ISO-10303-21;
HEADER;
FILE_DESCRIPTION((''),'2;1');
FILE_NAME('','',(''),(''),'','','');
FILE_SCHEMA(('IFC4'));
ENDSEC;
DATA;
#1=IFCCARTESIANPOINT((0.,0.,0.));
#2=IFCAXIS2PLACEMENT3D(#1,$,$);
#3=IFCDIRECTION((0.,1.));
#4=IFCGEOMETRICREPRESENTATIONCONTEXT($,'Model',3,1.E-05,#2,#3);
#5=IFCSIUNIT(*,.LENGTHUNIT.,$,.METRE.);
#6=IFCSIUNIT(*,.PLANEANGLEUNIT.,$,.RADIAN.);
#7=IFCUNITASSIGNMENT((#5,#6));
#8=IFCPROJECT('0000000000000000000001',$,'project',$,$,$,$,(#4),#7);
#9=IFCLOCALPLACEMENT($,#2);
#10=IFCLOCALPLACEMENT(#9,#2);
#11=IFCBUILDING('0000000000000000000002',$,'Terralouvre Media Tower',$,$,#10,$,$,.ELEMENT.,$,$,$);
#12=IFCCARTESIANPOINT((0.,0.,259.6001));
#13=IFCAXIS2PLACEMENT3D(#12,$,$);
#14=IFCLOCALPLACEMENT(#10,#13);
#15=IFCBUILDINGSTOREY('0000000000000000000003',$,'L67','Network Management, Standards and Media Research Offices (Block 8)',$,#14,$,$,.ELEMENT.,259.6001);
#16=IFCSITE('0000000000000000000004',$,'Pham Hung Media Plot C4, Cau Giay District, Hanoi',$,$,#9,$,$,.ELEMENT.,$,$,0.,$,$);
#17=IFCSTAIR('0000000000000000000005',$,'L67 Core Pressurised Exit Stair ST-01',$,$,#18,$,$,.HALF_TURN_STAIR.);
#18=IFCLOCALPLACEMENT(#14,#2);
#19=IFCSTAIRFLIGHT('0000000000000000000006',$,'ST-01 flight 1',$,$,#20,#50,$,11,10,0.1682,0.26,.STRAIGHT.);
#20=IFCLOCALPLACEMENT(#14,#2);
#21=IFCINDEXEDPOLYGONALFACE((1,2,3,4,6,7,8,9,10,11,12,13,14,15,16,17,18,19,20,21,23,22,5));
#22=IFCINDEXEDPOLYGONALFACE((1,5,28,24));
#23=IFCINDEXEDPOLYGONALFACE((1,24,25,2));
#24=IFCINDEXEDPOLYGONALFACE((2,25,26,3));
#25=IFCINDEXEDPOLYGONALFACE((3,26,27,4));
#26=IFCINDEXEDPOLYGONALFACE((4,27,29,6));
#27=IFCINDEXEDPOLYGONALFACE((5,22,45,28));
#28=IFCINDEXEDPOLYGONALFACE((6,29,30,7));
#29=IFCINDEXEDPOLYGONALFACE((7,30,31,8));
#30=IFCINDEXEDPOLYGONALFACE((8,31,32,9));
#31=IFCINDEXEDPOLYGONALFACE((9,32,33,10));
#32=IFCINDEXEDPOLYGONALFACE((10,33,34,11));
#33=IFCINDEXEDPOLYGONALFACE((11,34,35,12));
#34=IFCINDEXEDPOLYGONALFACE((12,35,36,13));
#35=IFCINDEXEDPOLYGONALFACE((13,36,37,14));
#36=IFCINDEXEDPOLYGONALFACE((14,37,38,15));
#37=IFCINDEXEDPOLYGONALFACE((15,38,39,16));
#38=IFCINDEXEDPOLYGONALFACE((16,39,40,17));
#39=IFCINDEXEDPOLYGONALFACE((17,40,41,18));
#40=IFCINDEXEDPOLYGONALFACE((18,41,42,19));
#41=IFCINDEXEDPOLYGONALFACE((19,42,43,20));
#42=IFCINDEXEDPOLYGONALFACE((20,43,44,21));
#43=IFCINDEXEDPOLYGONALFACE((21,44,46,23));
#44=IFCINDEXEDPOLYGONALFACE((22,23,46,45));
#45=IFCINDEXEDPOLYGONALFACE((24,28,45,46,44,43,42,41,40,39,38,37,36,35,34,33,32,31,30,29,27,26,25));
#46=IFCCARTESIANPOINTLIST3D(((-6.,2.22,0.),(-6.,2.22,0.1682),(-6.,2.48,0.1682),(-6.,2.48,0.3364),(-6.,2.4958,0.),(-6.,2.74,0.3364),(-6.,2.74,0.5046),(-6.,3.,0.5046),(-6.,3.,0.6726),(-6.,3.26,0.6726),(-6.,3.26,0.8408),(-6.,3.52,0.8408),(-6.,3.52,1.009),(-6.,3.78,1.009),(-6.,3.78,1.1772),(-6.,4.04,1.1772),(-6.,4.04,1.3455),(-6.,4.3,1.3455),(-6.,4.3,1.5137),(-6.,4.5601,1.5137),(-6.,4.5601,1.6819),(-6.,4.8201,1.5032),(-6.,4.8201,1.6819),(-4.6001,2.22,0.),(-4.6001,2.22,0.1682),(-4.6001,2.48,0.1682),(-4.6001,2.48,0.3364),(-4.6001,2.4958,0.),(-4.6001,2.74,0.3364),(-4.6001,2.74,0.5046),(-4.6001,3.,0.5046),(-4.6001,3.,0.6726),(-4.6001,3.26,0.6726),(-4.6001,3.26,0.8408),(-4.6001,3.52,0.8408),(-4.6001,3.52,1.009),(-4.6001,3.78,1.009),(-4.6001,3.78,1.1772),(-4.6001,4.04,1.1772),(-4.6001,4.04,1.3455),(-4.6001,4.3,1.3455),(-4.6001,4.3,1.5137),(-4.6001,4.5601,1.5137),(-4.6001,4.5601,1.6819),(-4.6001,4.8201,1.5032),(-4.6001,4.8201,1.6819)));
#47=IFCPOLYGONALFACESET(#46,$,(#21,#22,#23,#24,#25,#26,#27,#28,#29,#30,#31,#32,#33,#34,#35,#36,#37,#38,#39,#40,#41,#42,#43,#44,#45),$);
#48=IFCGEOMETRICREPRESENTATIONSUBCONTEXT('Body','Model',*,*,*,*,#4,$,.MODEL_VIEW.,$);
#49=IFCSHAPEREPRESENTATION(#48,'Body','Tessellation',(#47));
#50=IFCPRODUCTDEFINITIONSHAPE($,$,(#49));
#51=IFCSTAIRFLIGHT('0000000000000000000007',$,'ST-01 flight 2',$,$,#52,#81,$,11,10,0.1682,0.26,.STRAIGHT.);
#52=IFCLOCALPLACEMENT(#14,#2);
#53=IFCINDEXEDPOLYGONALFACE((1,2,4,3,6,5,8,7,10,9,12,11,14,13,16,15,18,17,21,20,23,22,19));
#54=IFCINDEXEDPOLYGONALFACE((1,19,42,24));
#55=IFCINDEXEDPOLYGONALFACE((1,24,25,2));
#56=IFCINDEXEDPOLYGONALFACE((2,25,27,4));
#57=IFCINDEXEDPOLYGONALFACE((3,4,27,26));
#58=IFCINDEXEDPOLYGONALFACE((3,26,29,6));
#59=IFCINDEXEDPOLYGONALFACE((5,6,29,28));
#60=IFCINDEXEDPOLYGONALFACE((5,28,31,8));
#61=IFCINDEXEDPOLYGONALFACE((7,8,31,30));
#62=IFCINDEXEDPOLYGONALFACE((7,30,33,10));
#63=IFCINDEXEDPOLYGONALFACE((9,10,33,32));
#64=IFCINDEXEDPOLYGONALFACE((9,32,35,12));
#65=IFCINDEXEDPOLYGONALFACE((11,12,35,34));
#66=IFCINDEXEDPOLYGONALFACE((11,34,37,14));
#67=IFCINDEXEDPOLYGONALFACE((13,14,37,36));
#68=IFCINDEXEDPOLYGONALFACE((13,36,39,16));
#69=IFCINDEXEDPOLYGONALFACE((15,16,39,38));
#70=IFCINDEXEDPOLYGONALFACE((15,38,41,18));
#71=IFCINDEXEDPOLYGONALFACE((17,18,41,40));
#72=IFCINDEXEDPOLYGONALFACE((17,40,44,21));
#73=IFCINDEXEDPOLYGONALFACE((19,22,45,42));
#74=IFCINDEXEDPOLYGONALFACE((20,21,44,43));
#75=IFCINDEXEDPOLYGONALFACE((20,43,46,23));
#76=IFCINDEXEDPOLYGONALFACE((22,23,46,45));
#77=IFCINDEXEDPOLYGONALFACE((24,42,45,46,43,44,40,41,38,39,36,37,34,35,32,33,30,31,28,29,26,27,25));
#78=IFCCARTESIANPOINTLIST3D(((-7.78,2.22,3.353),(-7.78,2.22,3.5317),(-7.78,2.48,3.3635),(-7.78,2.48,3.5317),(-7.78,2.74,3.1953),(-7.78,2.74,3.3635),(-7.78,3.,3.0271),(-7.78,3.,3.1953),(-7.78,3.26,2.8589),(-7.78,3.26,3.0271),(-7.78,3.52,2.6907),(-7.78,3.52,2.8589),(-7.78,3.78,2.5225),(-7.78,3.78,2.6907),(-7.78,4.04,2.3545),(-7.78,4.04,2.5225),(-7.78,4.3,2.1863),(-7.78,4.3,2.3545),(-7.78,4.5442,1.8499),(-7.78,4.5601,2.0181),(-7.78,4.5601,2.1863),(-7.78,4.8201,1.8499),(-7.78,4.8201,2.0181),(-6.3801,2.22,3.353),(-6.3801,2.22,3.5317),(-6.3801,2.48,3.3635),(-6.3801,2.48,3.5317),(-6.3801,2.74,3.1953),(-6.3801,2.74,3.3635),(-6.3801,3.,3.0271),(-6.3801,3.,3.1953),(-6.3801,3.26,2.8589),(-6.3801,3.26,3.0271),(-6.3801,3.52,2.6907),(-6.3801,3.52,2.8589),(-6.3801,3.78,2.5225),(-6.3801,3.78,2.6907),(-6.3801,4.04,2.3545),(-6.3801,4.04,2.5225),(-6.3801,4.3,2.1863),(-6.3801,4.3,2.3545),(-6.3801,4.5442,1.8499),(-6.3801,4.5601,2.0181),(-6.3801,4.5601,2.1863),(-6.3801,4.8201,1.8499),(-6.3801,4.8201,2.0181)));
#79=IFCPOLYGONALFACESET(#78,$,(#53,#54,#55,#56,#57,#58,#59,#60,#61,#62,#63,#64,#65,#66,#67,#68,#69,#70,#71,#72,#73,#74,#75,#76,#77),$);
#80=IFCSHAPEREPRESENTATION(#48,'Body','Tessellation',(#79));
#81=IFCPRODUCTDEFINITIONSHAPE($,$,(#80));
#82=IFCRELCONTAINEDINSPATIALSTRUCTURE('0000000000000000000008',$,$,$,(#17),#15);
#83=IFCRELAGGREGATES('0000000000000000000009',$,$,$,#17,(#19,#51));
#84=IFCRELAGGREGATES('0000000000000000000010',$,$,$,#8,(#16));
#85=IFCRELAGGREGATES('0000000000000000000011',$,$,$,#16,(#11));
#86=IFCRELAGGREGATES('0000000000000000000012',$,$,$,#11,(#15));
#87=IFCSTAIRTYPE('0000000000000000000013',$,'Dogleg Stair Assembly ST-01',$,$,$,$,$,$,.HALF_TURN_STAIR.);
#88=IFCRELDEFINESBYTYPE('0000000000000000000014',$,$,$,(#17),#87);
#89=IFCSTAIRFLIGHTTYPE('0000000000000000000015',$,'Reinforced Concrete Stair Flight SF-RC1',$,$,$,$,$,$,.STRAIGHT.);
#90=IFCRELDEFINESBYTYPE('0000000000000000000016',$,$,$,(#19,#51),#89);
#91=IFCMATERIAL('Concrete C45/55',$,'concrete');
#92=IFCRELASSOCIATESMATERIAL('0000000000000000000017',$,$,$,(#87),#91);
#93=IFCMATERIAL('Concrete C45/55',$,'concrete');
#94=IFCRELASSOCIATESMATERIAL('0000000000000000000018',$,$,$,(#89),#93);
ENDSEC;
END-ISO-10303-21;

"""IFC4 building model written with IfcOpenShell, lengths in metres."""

from ifc_helpers import new_model, si_unit, direction, frame, origin, place, context, subcontext, project, spatial, polyline, outline, extrude, material, type_object, element, aggregate, save


model = new_model("IFC4")

# Units and contexts
model_context = context("Model", 3, precision=1e-05, world=origin(), true_north=direction((0.0, 1.0)))
body_context = subcontext(model_context, "Body", "Model", "MODEL_VIEW")
ifc_project = project(units=[si_unit("LENGTHUNIT", "METRE"), si_unit("PLANEANGLEUNIT", "RADIAN")], contexts=[model_context])

# Site, building, storey
site_placement = place(None, origin())
site = spatial("IfcSite", under=ifc_project, at=site_placement, Name="Pham Hung Media Plot C4, Cau Giay District, Hanoi", CompositionType="ELEMENT", RefElevation=0.0)
building_placement = place(site_placement, origin())
building = spatial("IfcBuilding", under=site, at=building_placement, Name="Terralouvre Media Tower", CompositionType="ELEMENT")
storey_placement = place(building_placement, frame((0.0, 0.0, 259.6001)))
storey = spatial("IfcBuildingStorey", under=building, at=storey_placement, Name="L67", Description="Network Management, Standards and Media Research Offices (Block 8)", CompositionType="ELEMENT", Elevation=259.6001)

# Stair, stair flights
ifc_material_1 = material(Name="Concrete C45/55", Category="concrete")
stair_type = type_object("IfcStairType", Name="Dogleg Stair Assembly ST-01", PredefinedType="HALF_TURN_STAIR", material=ifc_material_1)
stair_placement = place(storey_placement, origin())
stair = element("IfcStair", 1, at=stair_placement, inside=storey, type_object=stair_type, Name="L67 Core Pressurised Exit Stair ST-01", PredefinedType="HALF_TURN_STAIR")
ifc_material_2 = material(Name="Concrete C45/55", Category="concrete")
stair_flight_type = type_object("IfcStairFlightType", Name="Reinforced Concrete Stair Flight SF-RC1", PredefinedType="STRAIGHT", material=ifc_material_2)
stair_flight_1_placement = place(storey_placement, frame((-5.3, 2.22, 0.0), z_axis=(0.0, 0.0, 1.0), x_axis=(0.0, 1.0, 0.0)))
stair_flight_1 = element("IfcStairFlight", 2, at=stair_flight_1_placement, type_object=stair_flight_type, Name="ST-01 flight 1", NumberOfRisers=11, NumberOfTreads=10, PredefinedType="STRAIGHT", RiserHeight=0.1682, TreadLength=0.26, context=body_context, shape_type="SweptSolid", body=[
    extrude(outline(polyline([(0.0, 0.0), (0.0, 0.1682), (0.26, 0.1682), (0.26, 0.3364), (0.52, 0.3364), (0.52, 0.5046), (0.78, 0.5046), (0.78, 0.6726), (1.04, 0.6726), (1.04, 0.8408), (1.3, 0.8408), (1.3, 1.009), (1.5601, 1.009), (1.5601, 1.1772), (1.8201, 1.1772), (1.8201, 1.3455), (2.0801, 1.3455), (2.0801, 1.5137), (2.3401, 1.5137), (2.3401, 1.6819), (2.6001, 1.6819), (2.6001, 1.8501), (2.6001, 1.5032), (0.2759, 0.0), (0.0, 0.0)])), frame((0.0, 0.7, 0.0), z_axis=(0.0, -1.0, 0.0), x_axis=(1.0, 0.0, 0.0)), (0.0, 0.0, 1.0), 1.3999),
])
stair_flight_2_placement = place(storey_placement, frame((-7.0801, 4.8201, 1.8499), z_axis=(0.0, 0.0, 1.0), x_axis=(0.0, -1.0, 0.0)))
stair_flight_2 = element("IfcStairFlight", 3, at=stair_flight_2_placement, type_object=stair_flight_type, Name="ST-01 flight 2", NumberOfRisers=11, NumberOfTreads=10, PredefinedType="STRAIGHT", RiserHeight=0.1682, TreadLength=0.26, context=body_context, shape_type="SweptSolid", body=[
    extrude(outline(polyline([(0.0, 0.0), (0.0, 0.1682), (0.26, 0.1682), (0.26, 0.3364), (0.52, 0.3364), (0.52, 0.5046), (0.78, 0.5046), (0.78, 0.6726), (1.04, 0.6726), (1.04, 0.8408), (1.3, 0.8408), (1.3, 1.009), (1.5601, 1.009), (1.5601, 1.1772), (1.8201, 1.1772), (1.8201, 1.3455), (2.0801, 1.3455), (2.0801, 1.5137), (2.3401, 1.5137), (2.3401, 1.6819), (2.6001, 1.6819), (2.6001, 1.8501), (2.6001, 1.5032), (0.2759, 0.0), (0.0, 0.0)])), frame((0.0, 0.7, 0.0), z_axis=(0.0, -1.0, 0.0), x_axis=(1.0, 0.0, 0.0)), (0.0, 0.0, 1.0), 1.3999),
])
aggregate(stair, [stair_flight_1, stair_flight_2])

save(model, "model.ifc")
